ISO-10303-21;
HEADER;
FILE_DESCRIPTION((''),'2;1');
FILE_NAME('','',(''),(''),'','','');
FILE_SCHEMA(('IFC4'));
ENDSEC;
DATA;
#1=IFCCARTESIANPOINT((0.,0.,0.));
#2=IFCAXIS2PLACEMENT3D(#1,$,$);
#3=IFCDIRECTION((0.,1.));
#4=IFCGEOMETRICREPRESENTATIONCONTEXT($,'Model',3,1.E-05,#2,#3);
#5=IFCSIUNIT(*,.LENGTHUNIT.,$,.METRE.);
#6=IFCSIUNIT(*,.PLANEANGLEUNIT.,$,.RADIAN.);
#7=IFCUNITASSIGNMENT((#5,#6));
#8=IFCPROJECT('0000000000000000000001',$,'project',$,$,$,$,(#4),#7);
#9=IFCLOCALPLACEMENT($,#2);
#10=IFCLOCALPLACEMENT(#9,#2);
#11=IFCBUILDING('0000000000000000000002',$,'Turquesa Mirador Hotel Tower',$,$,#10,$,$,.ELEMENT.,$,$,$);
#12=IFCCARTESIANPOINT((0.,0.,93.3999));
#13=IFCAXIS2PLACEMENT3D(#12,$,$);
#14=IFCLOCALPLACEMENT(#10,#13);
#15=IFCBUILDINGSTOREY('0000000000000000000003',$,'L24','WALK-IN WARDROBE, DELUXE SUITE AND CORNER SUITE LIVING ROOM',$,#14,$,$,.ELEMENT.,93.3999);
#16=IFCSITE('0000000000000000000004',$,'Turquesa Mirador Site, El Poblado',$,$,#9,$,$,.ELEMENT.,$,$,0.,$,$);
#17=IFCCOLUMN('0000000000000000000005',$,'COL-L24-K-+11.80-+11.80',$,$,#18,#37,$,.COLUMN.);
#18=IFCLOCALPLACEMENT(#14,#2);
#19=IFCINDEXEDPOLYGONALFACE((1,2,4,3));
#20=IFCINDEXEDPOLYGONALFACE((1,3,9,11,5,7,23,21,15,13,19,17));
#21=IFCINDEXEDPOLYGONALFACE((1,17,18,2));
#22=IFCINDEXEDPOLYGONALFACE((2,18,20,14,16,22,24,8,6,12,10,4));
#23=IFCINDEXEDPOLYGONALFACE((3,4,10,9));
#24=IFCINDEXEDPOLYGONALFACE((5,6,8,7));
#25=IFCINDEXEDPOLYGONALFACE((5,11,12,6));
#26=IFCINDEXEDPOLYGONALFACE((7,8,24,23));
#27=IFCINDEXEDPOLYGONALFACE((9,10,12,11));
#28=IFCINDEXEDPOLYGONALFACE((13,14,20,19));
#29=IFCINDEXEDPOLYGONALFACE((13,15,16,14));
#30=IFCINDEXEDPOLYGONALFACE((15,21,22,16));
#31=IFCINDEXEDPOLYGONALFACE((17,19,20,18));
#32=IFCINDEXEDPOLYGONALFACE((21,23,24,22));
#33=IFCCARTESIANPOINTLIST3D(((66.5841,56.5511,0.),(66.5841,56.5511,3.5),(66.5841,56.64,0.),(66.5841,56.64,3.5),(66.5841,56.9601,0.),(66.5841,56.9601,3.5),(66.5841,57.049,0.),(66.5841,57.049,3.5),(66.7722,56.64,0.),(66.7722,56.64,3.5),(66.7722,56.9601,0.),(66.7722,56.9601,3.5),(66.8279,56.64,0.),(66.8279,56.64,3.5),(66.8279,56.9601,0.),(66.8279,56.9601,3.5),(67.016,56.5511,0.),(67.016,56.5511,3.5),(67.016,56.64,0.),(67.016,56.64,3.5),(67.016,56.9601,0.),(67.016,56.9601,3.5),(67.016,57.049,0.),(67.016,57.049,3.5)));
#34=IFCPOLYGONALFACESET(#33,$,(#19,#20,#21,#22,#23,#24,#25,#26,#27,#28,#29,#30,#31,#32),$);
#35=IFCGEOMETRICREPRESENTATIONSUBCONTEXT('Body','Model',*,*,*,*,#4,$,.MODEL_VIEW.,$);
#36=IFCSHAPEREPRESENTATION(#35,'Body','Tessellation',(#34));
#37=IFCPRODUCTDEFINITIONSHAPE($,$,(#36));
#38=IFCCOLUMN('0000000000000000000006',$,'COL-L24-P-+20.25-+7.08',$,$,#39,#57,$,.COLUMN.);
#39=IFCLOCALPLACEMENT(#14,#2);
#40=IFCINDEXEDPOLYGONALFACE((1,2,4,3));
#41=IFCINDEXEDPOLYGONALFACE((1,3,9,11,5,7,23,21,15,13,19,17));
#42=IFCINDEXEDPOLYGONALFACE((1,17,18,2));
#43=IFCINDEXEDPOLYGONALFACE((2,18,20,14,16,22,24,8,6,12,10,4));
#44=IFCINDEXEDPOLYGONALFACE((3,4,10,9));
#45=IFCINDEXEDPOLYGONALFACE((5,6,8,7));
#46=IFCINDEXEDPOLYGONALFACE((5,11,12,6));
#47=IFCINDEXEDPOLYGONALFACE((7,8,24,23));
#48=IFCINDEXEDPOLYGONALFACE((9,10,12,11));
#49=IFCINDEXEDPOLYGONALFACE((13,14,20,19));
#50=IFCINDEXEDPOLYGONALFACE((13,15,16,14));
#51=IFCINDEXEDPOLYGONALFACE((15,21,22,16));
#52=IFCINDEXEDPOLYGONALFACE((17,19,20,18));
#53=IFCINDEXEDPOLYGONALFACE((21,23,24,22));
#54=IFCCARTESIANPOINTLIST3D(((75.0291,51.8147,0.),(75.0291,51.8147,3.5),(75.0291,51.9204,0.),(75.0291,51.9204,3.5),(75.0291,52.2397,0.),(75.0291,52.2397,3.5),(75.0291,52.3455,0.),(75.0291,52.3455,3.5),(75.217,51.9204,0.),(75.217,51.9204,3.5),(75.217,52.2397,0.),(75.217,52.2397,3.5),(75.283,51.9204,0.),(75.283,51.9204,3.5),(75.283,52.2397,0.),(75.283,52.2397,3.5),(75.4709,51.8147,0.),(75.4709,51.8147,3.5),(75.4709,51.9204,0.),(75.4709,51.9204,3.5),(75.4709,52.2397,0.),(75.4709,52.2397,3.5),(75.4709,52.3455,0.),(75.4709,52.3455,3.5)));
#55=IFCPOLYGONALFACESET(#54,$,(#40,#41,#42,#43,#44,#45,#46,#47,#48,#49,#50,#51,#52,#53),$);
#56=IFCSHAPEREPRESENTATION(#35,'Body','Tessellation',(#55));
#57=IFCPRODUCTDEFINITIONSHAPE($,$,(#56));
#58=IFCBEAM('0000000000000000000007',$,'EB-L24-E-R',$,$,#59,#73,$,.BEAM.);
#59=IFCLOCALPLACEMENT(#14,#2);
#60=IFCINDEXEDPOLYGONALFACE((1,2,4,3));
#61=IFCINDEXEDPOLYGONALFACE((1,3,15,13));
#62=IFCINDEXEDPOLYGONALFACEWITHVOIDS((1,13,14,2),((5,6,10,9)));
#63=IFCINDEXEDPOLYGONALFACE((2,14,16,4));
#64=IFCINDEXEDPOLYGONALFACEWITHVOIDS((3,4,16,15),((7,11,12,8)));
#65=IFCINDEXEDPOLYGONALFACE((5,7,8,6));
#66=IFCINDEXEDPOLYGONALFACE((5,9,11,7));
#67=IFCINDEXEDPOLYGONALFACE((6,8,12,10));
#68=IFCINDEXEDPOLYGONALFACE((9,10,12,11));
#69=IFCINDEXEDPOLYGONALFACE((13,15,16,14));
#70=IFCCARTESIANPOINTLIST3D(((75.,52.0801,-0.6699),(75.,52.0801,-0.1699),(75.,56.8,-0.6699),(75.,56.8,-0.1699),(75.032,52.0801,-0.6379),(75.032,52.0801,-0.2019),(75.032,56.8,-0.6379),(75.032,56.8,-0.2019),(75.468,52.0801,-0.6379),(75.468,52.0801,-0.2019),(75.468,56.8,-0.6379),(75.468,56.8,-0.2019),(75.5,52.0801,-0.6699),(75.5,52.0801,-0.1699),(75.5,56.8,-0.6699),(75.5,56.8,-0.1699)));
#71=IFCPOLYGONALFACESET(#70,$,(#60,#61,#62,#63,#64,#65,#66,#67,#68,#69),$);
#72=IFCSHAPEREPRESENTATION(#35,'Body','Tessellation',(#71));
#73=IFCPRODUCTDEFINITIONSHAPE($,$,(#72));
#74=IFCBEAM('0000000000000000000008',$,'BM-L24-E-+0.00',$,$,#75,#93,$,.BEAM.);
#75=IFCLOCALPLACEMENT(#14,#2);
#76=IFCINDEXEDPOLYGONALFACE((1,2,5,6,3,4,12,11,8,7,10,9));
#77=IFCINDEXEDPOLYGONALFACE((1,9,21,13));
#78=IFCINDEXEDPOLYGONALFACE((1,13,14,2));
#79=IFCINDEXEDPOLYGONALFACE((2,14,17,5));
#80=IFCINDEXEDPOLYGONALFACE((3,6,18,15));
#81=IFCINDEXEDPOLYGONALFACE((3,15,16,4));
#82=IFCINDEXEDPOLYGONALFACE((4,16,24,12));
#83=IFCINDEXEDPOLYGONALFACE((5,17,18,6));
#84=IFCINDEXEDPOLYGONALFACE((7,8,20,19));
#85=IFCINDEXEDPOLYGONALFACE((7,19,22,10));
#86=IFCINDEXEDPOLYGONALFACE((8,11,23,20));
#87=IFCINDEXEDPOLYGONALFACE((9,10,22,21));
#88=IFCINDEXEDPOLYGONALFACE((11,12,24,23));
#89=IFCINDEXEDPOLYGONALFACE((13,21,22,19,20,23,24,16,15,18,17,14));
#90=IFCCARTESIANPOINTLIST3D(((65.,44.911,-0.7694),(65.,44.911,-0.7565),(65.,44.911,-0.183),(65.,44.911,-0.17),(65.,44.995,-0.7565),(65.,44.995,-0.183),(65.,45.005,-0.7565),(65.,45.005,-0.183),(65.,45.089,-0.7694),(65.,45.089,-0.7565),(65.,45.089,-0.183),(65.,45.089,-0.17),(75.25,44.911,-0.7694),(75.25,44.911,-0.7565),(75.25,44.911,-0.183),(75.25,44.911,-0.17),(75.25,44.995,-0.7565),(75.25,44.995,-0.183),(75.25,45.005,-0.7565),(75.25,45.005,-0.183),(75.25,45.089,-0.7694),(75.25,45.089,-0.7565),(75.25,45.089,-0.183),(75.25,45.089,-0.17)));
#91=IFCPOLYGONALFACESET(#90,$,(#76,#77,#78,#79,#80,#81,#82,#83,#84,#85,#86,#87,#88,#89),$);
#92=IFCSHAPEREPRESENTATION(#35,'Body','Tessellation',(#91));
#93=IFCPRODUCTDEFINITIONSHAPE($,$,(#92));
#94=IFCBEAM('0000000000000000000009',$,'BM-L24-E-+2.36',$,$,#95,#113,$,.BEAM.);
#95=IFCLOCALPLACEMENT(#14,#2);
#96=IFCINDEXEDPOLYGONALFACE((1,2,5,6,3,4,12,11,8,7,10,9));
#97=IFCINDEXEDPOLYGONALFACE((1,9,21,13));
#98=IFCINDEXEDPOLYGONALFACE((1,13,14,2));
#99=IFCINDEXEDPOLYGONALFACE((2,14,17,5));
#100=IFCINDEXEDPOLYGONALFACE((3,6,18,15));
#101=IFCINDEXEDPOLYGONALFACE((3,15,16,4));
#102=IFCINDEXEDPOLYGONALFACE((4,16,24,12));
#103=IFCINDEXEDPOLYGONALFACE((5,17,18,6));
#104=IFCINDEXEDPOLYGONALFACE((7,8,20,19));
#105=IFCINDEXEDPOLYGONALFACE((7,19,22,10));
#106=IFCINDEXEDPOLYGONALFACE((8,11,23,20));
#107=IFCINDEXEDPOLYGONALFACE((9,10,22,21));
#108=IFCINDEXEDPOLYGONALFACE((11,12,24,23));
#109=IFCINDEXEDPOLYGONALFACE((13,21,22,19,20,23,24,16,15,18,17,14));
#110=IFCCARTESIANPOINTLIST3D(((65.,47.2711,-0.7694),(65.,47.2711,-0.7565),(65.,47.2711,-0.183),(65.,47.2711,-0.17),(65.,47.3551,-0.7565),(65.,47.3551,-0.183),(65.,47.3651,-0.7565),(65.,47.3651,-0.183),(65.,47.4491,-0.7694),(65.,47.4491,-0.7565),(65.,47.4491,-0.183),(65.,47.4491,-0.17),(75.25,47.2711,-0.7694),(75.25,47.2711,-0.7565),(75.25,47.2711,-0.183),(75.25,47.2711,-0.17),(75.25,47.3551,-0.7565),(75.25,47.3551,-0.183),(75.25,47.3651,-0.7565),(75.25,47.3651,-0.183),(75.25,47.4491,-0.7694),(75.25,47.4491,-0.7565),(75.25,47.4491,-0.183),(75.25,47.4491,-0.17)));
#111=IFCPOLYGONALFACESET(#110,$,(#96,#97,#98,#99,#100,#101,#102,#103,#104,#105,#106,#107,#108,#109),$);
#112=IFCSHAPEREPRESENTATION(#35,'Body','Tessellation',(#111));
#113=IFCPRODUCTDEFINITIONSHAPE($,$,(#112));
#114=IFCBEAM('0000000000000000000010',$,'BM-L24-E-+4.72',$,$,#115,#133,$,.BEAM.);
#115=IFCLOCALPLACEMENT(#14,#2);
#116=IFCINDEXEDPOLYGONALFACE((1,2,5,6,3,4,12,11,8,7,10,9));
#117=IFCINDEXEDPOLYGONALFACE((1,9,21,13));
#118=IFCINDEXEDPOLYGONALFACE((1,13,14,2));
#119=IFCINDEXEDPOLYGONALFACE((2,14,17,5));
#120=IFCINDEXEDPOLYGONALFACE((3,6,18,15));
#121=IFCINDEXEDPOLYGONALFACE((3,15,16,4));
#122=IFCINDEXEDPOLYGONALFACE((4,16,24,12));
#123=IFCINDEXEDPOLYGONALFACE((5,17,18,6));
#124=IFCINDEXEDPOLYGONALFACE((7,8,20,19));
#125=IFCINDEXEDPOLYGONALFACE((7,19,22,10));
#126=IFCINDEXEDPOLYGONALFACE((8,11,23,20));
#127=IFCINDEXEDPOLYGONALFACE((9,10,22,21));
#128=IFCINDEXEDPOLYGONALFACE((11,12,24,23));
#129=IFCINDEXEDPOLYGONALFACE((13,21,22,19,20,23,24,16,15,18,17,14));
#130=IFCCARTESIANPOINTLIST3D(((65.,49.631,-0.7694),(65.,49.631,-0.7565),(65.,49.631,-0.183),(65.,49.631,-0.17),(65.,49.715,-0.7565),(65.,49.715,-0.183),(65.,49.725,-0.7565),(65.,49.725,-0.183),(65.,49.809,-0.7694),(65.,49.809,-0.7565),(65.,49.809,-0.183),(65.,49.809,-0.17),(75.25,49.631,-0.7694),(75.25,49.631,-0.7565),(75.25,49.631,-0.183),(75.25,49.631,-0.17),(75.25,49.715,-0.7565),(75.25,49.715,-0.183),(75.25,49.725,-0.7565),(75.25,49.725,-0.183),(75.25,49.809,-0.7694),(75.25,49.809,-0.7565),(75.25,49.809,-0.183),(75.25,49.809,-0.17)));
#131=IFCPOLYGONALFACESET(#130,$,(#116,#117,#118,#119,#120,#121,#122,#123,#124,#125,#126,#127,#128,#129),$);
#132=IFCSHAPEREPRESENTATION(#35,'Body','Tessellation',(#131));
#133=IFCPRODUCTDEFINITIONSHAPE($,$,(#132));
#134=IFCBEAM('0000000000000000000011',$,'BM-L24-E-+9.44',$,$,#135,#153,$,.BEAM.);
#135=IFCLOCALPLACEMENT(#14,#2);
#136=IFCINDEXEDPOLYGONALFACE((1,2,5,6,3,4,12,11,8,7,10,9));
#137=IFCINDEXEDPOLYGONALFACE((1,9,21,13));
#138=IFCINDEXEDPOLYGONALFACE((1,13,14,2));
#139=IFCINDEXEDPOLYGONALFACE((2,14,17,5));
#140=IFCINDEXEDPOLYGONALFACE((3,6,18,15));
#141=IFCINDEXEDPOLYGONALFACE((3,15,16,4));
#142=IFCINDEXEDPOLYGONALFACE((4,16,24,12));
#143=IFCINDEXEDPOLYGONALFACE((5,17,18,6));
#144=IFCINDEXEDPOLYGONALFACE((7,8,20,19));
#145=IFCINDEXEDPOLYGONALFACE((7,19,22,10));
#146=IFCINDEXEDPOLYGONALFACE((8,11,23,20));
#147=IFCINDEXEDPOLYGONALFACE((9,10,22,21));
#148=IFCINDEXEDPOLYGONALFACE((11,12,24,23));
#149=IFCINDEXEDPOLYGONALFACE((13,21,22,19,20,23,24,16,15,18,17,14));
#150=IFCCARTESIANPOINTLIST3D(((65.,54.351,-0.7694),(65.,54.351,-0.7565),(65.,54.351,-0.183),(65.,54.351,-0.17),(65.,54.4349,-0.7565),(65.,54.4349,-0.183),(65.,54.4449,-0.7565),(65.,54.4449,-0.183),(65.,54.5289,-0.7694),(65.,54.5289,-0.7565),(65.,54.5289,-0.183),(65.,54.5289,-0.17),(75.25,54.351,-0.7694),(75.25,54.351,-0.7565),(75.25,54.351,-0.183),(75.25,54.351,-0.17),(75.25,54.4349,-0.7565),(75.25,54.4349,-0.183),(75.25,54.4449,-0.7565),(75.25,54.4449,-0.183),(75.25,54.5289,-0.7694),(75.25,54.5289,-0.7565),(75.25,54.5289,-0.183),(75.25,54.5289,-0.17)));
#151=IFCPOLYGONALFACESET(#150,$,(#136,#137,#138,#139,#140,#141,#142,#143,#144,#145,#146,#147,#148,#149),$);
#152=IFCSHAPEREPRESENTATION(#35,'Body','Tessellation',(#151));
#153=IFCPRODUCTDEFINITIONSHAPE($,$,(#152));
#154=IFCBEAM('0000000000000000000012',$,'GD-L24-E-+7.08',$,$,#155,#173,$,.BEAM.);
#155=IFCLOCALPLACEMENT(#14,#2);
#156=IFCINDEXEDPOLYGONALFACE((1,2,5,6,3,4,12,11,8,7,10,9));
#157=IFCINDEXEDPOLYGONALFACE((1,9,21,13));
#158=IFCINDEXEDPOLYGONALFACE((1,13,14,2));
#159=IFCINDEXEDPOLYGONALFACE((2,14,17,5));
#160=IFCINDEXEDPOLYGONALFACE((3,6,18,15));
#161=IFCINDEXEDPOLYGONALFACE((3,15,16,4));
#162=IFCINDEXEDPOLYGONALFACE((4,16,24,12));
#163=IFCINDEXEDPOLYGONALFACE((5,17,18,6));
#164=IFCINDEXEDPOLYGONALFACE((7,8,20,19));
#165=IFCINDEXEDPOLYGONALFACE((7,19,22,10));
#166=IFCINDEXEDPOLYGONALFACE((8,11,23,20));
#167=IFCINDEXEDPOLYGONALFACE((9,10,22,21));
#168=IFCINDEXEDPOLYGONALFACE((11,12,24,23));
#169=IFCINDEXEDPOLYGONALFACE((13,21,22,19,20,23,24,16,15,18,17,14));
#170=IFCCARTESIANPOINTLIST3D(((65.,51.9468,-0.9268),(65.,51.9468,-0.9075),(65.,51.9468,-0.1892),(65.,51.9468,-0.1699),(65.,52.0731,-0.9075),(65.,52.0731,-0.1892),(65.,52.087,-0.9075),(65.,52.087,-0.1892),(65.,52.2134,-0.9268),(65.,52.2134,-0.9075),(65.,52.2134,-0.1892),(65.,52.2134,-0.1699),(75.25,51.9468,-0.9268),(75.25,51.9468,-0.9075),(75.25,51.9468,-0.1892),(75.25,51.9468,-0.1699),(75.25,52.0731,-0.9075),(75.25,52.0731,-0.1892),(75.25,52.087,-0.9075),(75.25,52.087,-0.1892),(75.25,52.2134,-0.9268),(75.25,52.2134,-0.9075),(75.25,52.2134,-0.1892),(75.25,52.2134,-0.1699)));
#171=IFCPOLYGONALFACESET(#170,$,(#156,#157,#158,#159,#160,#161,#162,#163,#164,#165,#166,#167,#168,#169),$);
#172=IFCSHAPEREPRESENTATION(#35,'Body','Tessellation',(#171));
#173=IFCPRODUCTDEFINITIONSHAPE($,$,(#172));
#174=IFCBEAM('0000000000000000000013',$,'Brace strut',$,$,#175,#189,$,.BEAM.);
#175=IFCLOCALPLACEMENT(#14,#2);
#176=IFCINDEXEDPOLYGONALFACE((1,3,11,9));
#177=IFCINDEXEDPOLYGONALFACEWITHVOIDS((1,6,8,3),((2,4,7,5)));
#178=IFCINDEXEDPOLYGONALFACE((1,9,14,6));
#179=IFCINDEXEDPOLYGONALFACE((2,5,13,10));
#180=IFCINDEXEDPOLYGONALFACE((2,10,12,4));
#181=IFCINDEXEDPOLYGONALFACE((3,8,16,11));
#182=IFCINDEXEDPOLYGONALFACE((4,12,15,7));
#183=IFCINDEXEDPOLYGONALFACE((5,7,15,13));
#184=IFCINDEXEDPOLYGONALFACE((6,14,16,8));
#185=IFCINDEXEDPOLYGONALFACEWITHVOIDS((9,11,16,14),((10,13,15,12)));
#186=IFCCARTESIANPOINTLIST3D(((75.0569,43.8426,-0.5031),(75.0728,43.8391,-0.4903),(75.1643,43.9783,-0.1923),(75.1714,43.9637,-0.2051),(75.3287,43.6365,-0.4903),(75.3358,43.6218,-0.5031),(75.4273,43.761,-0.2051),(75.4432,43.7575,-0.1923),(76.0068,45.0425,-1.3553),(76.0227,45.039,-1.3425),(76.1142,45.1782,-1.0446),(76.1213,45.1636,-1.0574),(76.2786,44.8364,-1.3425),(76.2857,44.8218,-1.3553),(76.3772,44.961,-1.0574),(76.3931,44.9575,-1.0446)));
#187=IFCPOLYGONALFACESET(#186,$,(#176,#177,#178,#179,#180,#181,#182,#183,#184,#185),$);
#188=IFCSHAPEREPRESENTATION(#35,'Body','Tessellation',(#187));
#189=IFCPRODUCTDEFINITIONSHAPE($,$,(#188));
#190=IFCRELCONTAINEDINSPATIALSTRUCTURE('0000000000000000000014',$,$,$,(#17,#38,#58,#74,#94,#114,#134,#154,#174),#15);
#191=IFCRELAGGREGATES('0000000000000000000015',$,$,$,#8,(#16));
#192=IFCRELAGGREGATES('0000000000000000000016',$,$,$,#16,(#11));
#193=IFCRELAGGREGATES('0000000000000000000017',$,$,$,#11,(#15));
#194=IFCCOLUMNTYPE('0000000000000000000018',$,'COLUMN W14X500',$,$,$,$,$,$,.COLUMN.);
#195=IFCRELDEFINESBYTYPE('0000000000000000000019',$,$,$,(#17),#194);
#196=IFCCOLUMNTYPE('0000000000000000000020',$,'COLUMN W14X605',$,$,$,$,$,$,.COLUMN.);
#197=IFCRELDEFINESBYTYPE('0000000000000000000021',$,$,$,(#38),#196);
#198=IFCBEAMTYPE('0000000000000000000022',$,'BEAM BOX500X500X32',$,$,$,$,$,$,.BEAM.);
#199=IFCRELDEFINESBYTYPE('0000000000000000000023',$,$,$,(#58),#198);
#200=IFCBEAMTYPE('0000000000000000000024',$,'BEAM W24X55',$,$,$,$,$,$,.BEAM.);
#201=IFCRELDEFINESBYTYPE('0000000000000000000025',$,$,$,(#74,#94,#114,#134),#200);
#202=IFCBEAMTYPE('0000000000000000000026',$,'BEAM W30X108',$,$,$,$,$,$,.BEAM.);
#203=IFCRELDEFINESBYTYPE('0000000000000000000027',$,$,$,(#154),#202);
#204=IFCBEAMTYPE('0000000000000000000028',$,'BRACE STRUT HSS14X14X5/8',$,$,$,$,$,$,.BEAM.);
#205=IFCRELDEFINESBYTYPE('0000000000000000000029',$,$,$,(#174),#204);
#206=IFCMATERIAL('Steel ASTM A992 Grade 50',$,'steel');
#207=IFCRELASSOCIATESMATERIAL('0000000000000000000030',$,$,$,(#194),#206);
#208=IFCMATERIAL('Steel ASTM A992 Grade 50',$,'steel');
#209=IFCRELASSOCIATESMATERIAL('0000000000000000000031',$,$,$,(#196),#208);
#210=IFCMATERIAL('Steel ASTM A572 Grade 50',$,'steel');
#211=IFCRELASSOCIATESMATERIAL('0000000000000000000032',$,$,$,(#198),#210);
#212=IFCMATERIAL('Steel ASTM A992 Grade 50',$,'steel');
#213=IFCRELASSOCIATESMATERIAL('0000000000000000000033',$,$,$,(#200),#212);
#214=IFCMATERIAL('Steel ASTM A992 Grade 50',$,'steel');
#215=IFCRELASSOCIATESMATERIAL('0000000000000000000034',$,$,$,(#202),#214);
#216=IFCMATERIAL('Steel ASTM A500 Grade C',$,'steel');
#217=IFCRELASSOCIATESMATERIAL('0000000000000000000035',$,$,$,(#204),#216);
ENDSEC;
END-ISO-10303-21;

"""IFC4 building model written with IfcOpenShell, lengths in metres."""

from ifc_helpers import new_model, si_unit, direction, frame, origin, origin_2d, place, context, subcontext, project, spatial, hollow_rectangle, i_section, extrude, material, material_profile, profile_set, type_object, element, save


model = new_model("IFC4")

# Units and contexts
model_context = context("Model", 3, precision=1e-05, world=origin(), true_north=direction((0.0, 1.0)))
body_context = subcontext(model_context, "Body", "Model", "MODEL_VIEW")
ifc_project = project(units=[si_unit("LENGTHUNIT", "METRE"), si_unit("PLANEANGLEUNIT", "RADIAN")], contexts=[model_context])

# Site, building, storey
site_placement = place(None, origin())
site = spatial("IfcSite", under=ifc_project, at=site_placement, Name="Turquesa Mirador Site, El Poblado", CompositionType="ELEMENT", RefElevation=0.0)
building_placement = place(site_placement, origin())
building = spatial("IfcBuilding", under=site, at=building_placement, Name="Turquesa Mirador Hotel Tower", CompositionType="ELEMENT")
storey_placement = place(building_placement, frame((0.0, 0.0, 93.3999)))
storey = spatial("IfcBuildingStorey", under=building, at=storey_placement, Name="L24", Description="WALK-IN WARDROBE, DELUXE SUITE AND CORNER SUITE LIVING ROOM", CompositionType="ELEMENT", Elevation=93.3999)

# Columns
ifc_material_1 = material(Name="Steel ASTM A992 Grade 50", Category="steel")
ifc_material_profile_1 = material_profile(ifc_material_1, i_section(OverallWidth=0.4319, OverallDepth=0.4978, WebThickness=0.0557, FlangeThickness=0.0889, at=origin_2d()), Name="W14X500")
ifc_profile_set_1 = profile_set([ifc_material_profile_1], Name="Steel ASTM A992 Grade 50")
column_type_1 = type_object("IfcColumnType", Name="COLUMN W14X500", PredefinedType="COLUMN", material=ifc_profile_set_1)
column_1_placement = place(storey_placement, frame((66.8, 56.8, 0.0), z_axis=(0.0, 0.0, 1.0), x_axis=(1.0, 0.0, 0.0)))
element("IfcColumn", 1, at=column_1_placement, inside=storey, type_object=column_type_1, Name="COL-L24-K-+11.80-+11.80", PredefinedType="COLUMN", context=body_context, shape_type="SweptSolid", body=[
    extrude(i_section(OverallWidth=0.4319, OverallDepth=0.4978, WebThickness=0.0557, FlangeThickness=0.0889, at=origin_2d()), origin(), (0.0, 0.0, 1.0), 3.5),
])
ifc_material_2 = material(Name="Steel ASTM A992 Grade 50", Category="steel")
ifc_material_profile_2 = material_profile(ifc_material_2, i_section(OverallWidth=0.4419, OverallDepth=0.5308, WebThickness=0.0659, FlangeThickness=0.1057, at=origin_2d()), Name="W14X605")
ifc_profile_set_2 = profile_set([ifc_material_profile_2], Name="Steel ASTM A992 Grade 50")
column_type_2 = type_object("IfcColumnType", Name="COLUMN W14X605", PredefinedType="COLUMN", material=ifc_profile_set_2)
column_2_placement = place(storey_placement, frame((75.25, 52.0801, 0.0), z_axis=(0.0, 0.0, 1.0), x_axis=(1.0, 0.0, 0.0)))
element("IfcColumn", 2, at=column_2_placement, inside=storey, type_object=column_type_2, Name="COL-L24-P-+20.25-+7.08", PredefinedType="COLUMN", context=body_context, shape_type="SweptSolid", body=[
    extrude(i_section(OverallWidth=0.4419, OverallDepth=0.5308, WebThickness=0.0659, FlangeThickness=0.1057, at=origin_2d()), origin(), (0.0, 0.0, 1.0), 3.5),
])

# Beams
ifc_material_3 = material(Name="Steel ASTM A572 Grade 50", Category="steel")
ifc_material_profile_3 = material_profile(ifc_material_3, hollow_rectangle(XDim=0.5, YDim=0.5, WallThickness=0.032, at=origin_2d()), Name="BOX500X500X32")
ifc_profile_set_3 = profile_set([ifc_material_profile_3], Name="Steel ASTM A572 Grade 50")
beam_type_1 = type_object("IfcBeamType", Name="BEAM BOX500X500X32", PredefinedType="BEAM", material=ifc_profile_set_3)
beam_1_placement = place(storey_placement, frame((75.25, 52.0801, -0.4199), z_axis=(0.0, 1.0, 0.0), x_axis=(-1.0, 0.0, 0.0)))
element("IfcBeam", 3, at=beam_1_placement, inside=storey, type_object=beam_type_1, Name="EB-L24-E-R", PredefinedType="BEAM", context=body_context, shape_type="SweptSolid", body=[
    extrude(hollow_rectangle(XDim=0.5, YDim=0.5, WallThickness=0.032, at=origin_2d()), origin(), (0.0, 0.0, 1.0), 4.72),
])
ifc_material_4 = material(Name="Steel ASTM A992 Grade 50", Category="steel")
ifc_material_profile_4 = material_profile(ifc_material_4, i_section(OverallWidth=0.178, OverallDepth=0.5994, WebThickness=0.01, FlangeThickness=0.0129, at=origin_2d()), Name="W24X55")
ifc_profile_set_4 = profile_set([ifc_material_profile_4], Name="Steel ASTM A992 Grade 50")
beam_type_2 = type_object("IfcBeamType", Name="BEAM W24X55", PredefinedType="BEAM", material=ifc_profile_set_4)
for number, where, z_axis, x_axis, name in (
    (4, (75.25, 45.0, -0.4697), (-1.0, 0.0, 0.0), (0.0, -1.0, 0.0), "BM-L24-E-+0.00"),
    (5, (75.25, 47.3601, -0.4697), (-1.0, 0.0, 0.0), (0.0, -1.0, 0.0), "BM-L24-E-+2.36"),
    (6, (75.25, 49.72, -0.4697), (-1.0, 0.0, 0.0), (0.0, -1.0, 0.0), "BM-L24-E-+4.72"),
    (7, (75.25, 54.4399, -0.4697), (-1.0, 0.0, 0.0), (0.0, -1.0, 0.0), "BM-L24-E-+9.44"),
):
    element("IfcBeam", number, at=place(storey_placement, frame(where, z_axis=z_axis, x_axis=x_axis)), inside=storey, type_object=beam_type_2, Name=name, PredefinedType="BEAM", context=body_context, shape_type="SweptSolid", body=[
        extrude(i_section(OverallWidth=0.178, OverallDepth=0.5994, WebThickness=0.01, FlangeThickness=0.0129, at=origin_2d()), origin(), (0.0, 0.0, 1.0), 10.25),
    ])
ifc_material_5 = material(Name="Steel ASTM A992 Grade 50", Category="steel")
ifc_material_profile_5 = material_profile(ifc_material_5, i_section(OverallWidth=0.2666, OverallDepth=0.7568, WebThickness=0.0139, FlangeThickness=0.0193, at=origin_2d()), Name="W30X108")
ifc_profile_set_5 = profile_set([ifc_material_profile_5], Name="Steel ASTM A992 Grade 50")
beam_type_3 = type_object("IfcBeamType", Name="BEAM W30X108", PredefinedType="BEAM", material=ifc_profile_set_5)
beam_2_placement = place(storey_placement, frame((75.25, 52.0801, -0.5483), z_axis=(-1.0, 0.0, 0.0), x_axis=(0.0, -1.0, 0.0)))
element("IfcBeam", 8, at=beam_2_placement, inside=storey, type_object=beam_type_3, Name="GD-L24-E-+7.08", PredefinedType="BEAM", context=body_context, shape_type="SweptSolid", body=[
    extrude(i_section(OverallWidth=0.2666, OverallDepth=0.7568, WebThickness=0.0139, FlangeThickness=0.0193, at=origin_2d()), origin(), (0.0, 0.0, 1.0), 10.25),
])
ifc_material_6 = material(Name="Steel ASTM A500 Grade C", Category="steel")
ifc_material_profile_6 = material_profile(ifc_material_6, hollow_rectangle(XDim=0.3557, YDim=0.3557, WallThickness=0.0146, at=origin_2d()), Name="HSS14X14X5/8")
ifc_profile_set_6 = profile_set([ifc_material_profile_6], Name="Steel ASTM A500 Grade C")
beam_type_4 = type_object("IfcBeamType", Name="BRACE STRUT HSS14X14X5/8", PredefinedType="BEAM", material=ifc_profile_set_6)
for number, where, z_axis, x_axis, name in (
    (9, (76.2, 45.0, -1.2), (-0.542281, -0.684994, 0.486534), (0.784049, -0.620699, 0.0), "Brace strut"),
):
    element("IfcBeam", number, at=place(storey_placement, frame(where, z_axis=z_axis, x_axis=x_axis)), inside=storey, type_object=beam_type_4, Name=name, PredefinedType="BEAM", context=body_context, shape_type="SweptSolid", body=[
        extrude(hollow_rectangle(XDim=0.3557, YDim=0.3557, WallThickness=0.0146, at=origin_2d()), origin(), (0.0, 0.0, 1.0), 1.7517),
    ])

save(model, "model.ifc")
